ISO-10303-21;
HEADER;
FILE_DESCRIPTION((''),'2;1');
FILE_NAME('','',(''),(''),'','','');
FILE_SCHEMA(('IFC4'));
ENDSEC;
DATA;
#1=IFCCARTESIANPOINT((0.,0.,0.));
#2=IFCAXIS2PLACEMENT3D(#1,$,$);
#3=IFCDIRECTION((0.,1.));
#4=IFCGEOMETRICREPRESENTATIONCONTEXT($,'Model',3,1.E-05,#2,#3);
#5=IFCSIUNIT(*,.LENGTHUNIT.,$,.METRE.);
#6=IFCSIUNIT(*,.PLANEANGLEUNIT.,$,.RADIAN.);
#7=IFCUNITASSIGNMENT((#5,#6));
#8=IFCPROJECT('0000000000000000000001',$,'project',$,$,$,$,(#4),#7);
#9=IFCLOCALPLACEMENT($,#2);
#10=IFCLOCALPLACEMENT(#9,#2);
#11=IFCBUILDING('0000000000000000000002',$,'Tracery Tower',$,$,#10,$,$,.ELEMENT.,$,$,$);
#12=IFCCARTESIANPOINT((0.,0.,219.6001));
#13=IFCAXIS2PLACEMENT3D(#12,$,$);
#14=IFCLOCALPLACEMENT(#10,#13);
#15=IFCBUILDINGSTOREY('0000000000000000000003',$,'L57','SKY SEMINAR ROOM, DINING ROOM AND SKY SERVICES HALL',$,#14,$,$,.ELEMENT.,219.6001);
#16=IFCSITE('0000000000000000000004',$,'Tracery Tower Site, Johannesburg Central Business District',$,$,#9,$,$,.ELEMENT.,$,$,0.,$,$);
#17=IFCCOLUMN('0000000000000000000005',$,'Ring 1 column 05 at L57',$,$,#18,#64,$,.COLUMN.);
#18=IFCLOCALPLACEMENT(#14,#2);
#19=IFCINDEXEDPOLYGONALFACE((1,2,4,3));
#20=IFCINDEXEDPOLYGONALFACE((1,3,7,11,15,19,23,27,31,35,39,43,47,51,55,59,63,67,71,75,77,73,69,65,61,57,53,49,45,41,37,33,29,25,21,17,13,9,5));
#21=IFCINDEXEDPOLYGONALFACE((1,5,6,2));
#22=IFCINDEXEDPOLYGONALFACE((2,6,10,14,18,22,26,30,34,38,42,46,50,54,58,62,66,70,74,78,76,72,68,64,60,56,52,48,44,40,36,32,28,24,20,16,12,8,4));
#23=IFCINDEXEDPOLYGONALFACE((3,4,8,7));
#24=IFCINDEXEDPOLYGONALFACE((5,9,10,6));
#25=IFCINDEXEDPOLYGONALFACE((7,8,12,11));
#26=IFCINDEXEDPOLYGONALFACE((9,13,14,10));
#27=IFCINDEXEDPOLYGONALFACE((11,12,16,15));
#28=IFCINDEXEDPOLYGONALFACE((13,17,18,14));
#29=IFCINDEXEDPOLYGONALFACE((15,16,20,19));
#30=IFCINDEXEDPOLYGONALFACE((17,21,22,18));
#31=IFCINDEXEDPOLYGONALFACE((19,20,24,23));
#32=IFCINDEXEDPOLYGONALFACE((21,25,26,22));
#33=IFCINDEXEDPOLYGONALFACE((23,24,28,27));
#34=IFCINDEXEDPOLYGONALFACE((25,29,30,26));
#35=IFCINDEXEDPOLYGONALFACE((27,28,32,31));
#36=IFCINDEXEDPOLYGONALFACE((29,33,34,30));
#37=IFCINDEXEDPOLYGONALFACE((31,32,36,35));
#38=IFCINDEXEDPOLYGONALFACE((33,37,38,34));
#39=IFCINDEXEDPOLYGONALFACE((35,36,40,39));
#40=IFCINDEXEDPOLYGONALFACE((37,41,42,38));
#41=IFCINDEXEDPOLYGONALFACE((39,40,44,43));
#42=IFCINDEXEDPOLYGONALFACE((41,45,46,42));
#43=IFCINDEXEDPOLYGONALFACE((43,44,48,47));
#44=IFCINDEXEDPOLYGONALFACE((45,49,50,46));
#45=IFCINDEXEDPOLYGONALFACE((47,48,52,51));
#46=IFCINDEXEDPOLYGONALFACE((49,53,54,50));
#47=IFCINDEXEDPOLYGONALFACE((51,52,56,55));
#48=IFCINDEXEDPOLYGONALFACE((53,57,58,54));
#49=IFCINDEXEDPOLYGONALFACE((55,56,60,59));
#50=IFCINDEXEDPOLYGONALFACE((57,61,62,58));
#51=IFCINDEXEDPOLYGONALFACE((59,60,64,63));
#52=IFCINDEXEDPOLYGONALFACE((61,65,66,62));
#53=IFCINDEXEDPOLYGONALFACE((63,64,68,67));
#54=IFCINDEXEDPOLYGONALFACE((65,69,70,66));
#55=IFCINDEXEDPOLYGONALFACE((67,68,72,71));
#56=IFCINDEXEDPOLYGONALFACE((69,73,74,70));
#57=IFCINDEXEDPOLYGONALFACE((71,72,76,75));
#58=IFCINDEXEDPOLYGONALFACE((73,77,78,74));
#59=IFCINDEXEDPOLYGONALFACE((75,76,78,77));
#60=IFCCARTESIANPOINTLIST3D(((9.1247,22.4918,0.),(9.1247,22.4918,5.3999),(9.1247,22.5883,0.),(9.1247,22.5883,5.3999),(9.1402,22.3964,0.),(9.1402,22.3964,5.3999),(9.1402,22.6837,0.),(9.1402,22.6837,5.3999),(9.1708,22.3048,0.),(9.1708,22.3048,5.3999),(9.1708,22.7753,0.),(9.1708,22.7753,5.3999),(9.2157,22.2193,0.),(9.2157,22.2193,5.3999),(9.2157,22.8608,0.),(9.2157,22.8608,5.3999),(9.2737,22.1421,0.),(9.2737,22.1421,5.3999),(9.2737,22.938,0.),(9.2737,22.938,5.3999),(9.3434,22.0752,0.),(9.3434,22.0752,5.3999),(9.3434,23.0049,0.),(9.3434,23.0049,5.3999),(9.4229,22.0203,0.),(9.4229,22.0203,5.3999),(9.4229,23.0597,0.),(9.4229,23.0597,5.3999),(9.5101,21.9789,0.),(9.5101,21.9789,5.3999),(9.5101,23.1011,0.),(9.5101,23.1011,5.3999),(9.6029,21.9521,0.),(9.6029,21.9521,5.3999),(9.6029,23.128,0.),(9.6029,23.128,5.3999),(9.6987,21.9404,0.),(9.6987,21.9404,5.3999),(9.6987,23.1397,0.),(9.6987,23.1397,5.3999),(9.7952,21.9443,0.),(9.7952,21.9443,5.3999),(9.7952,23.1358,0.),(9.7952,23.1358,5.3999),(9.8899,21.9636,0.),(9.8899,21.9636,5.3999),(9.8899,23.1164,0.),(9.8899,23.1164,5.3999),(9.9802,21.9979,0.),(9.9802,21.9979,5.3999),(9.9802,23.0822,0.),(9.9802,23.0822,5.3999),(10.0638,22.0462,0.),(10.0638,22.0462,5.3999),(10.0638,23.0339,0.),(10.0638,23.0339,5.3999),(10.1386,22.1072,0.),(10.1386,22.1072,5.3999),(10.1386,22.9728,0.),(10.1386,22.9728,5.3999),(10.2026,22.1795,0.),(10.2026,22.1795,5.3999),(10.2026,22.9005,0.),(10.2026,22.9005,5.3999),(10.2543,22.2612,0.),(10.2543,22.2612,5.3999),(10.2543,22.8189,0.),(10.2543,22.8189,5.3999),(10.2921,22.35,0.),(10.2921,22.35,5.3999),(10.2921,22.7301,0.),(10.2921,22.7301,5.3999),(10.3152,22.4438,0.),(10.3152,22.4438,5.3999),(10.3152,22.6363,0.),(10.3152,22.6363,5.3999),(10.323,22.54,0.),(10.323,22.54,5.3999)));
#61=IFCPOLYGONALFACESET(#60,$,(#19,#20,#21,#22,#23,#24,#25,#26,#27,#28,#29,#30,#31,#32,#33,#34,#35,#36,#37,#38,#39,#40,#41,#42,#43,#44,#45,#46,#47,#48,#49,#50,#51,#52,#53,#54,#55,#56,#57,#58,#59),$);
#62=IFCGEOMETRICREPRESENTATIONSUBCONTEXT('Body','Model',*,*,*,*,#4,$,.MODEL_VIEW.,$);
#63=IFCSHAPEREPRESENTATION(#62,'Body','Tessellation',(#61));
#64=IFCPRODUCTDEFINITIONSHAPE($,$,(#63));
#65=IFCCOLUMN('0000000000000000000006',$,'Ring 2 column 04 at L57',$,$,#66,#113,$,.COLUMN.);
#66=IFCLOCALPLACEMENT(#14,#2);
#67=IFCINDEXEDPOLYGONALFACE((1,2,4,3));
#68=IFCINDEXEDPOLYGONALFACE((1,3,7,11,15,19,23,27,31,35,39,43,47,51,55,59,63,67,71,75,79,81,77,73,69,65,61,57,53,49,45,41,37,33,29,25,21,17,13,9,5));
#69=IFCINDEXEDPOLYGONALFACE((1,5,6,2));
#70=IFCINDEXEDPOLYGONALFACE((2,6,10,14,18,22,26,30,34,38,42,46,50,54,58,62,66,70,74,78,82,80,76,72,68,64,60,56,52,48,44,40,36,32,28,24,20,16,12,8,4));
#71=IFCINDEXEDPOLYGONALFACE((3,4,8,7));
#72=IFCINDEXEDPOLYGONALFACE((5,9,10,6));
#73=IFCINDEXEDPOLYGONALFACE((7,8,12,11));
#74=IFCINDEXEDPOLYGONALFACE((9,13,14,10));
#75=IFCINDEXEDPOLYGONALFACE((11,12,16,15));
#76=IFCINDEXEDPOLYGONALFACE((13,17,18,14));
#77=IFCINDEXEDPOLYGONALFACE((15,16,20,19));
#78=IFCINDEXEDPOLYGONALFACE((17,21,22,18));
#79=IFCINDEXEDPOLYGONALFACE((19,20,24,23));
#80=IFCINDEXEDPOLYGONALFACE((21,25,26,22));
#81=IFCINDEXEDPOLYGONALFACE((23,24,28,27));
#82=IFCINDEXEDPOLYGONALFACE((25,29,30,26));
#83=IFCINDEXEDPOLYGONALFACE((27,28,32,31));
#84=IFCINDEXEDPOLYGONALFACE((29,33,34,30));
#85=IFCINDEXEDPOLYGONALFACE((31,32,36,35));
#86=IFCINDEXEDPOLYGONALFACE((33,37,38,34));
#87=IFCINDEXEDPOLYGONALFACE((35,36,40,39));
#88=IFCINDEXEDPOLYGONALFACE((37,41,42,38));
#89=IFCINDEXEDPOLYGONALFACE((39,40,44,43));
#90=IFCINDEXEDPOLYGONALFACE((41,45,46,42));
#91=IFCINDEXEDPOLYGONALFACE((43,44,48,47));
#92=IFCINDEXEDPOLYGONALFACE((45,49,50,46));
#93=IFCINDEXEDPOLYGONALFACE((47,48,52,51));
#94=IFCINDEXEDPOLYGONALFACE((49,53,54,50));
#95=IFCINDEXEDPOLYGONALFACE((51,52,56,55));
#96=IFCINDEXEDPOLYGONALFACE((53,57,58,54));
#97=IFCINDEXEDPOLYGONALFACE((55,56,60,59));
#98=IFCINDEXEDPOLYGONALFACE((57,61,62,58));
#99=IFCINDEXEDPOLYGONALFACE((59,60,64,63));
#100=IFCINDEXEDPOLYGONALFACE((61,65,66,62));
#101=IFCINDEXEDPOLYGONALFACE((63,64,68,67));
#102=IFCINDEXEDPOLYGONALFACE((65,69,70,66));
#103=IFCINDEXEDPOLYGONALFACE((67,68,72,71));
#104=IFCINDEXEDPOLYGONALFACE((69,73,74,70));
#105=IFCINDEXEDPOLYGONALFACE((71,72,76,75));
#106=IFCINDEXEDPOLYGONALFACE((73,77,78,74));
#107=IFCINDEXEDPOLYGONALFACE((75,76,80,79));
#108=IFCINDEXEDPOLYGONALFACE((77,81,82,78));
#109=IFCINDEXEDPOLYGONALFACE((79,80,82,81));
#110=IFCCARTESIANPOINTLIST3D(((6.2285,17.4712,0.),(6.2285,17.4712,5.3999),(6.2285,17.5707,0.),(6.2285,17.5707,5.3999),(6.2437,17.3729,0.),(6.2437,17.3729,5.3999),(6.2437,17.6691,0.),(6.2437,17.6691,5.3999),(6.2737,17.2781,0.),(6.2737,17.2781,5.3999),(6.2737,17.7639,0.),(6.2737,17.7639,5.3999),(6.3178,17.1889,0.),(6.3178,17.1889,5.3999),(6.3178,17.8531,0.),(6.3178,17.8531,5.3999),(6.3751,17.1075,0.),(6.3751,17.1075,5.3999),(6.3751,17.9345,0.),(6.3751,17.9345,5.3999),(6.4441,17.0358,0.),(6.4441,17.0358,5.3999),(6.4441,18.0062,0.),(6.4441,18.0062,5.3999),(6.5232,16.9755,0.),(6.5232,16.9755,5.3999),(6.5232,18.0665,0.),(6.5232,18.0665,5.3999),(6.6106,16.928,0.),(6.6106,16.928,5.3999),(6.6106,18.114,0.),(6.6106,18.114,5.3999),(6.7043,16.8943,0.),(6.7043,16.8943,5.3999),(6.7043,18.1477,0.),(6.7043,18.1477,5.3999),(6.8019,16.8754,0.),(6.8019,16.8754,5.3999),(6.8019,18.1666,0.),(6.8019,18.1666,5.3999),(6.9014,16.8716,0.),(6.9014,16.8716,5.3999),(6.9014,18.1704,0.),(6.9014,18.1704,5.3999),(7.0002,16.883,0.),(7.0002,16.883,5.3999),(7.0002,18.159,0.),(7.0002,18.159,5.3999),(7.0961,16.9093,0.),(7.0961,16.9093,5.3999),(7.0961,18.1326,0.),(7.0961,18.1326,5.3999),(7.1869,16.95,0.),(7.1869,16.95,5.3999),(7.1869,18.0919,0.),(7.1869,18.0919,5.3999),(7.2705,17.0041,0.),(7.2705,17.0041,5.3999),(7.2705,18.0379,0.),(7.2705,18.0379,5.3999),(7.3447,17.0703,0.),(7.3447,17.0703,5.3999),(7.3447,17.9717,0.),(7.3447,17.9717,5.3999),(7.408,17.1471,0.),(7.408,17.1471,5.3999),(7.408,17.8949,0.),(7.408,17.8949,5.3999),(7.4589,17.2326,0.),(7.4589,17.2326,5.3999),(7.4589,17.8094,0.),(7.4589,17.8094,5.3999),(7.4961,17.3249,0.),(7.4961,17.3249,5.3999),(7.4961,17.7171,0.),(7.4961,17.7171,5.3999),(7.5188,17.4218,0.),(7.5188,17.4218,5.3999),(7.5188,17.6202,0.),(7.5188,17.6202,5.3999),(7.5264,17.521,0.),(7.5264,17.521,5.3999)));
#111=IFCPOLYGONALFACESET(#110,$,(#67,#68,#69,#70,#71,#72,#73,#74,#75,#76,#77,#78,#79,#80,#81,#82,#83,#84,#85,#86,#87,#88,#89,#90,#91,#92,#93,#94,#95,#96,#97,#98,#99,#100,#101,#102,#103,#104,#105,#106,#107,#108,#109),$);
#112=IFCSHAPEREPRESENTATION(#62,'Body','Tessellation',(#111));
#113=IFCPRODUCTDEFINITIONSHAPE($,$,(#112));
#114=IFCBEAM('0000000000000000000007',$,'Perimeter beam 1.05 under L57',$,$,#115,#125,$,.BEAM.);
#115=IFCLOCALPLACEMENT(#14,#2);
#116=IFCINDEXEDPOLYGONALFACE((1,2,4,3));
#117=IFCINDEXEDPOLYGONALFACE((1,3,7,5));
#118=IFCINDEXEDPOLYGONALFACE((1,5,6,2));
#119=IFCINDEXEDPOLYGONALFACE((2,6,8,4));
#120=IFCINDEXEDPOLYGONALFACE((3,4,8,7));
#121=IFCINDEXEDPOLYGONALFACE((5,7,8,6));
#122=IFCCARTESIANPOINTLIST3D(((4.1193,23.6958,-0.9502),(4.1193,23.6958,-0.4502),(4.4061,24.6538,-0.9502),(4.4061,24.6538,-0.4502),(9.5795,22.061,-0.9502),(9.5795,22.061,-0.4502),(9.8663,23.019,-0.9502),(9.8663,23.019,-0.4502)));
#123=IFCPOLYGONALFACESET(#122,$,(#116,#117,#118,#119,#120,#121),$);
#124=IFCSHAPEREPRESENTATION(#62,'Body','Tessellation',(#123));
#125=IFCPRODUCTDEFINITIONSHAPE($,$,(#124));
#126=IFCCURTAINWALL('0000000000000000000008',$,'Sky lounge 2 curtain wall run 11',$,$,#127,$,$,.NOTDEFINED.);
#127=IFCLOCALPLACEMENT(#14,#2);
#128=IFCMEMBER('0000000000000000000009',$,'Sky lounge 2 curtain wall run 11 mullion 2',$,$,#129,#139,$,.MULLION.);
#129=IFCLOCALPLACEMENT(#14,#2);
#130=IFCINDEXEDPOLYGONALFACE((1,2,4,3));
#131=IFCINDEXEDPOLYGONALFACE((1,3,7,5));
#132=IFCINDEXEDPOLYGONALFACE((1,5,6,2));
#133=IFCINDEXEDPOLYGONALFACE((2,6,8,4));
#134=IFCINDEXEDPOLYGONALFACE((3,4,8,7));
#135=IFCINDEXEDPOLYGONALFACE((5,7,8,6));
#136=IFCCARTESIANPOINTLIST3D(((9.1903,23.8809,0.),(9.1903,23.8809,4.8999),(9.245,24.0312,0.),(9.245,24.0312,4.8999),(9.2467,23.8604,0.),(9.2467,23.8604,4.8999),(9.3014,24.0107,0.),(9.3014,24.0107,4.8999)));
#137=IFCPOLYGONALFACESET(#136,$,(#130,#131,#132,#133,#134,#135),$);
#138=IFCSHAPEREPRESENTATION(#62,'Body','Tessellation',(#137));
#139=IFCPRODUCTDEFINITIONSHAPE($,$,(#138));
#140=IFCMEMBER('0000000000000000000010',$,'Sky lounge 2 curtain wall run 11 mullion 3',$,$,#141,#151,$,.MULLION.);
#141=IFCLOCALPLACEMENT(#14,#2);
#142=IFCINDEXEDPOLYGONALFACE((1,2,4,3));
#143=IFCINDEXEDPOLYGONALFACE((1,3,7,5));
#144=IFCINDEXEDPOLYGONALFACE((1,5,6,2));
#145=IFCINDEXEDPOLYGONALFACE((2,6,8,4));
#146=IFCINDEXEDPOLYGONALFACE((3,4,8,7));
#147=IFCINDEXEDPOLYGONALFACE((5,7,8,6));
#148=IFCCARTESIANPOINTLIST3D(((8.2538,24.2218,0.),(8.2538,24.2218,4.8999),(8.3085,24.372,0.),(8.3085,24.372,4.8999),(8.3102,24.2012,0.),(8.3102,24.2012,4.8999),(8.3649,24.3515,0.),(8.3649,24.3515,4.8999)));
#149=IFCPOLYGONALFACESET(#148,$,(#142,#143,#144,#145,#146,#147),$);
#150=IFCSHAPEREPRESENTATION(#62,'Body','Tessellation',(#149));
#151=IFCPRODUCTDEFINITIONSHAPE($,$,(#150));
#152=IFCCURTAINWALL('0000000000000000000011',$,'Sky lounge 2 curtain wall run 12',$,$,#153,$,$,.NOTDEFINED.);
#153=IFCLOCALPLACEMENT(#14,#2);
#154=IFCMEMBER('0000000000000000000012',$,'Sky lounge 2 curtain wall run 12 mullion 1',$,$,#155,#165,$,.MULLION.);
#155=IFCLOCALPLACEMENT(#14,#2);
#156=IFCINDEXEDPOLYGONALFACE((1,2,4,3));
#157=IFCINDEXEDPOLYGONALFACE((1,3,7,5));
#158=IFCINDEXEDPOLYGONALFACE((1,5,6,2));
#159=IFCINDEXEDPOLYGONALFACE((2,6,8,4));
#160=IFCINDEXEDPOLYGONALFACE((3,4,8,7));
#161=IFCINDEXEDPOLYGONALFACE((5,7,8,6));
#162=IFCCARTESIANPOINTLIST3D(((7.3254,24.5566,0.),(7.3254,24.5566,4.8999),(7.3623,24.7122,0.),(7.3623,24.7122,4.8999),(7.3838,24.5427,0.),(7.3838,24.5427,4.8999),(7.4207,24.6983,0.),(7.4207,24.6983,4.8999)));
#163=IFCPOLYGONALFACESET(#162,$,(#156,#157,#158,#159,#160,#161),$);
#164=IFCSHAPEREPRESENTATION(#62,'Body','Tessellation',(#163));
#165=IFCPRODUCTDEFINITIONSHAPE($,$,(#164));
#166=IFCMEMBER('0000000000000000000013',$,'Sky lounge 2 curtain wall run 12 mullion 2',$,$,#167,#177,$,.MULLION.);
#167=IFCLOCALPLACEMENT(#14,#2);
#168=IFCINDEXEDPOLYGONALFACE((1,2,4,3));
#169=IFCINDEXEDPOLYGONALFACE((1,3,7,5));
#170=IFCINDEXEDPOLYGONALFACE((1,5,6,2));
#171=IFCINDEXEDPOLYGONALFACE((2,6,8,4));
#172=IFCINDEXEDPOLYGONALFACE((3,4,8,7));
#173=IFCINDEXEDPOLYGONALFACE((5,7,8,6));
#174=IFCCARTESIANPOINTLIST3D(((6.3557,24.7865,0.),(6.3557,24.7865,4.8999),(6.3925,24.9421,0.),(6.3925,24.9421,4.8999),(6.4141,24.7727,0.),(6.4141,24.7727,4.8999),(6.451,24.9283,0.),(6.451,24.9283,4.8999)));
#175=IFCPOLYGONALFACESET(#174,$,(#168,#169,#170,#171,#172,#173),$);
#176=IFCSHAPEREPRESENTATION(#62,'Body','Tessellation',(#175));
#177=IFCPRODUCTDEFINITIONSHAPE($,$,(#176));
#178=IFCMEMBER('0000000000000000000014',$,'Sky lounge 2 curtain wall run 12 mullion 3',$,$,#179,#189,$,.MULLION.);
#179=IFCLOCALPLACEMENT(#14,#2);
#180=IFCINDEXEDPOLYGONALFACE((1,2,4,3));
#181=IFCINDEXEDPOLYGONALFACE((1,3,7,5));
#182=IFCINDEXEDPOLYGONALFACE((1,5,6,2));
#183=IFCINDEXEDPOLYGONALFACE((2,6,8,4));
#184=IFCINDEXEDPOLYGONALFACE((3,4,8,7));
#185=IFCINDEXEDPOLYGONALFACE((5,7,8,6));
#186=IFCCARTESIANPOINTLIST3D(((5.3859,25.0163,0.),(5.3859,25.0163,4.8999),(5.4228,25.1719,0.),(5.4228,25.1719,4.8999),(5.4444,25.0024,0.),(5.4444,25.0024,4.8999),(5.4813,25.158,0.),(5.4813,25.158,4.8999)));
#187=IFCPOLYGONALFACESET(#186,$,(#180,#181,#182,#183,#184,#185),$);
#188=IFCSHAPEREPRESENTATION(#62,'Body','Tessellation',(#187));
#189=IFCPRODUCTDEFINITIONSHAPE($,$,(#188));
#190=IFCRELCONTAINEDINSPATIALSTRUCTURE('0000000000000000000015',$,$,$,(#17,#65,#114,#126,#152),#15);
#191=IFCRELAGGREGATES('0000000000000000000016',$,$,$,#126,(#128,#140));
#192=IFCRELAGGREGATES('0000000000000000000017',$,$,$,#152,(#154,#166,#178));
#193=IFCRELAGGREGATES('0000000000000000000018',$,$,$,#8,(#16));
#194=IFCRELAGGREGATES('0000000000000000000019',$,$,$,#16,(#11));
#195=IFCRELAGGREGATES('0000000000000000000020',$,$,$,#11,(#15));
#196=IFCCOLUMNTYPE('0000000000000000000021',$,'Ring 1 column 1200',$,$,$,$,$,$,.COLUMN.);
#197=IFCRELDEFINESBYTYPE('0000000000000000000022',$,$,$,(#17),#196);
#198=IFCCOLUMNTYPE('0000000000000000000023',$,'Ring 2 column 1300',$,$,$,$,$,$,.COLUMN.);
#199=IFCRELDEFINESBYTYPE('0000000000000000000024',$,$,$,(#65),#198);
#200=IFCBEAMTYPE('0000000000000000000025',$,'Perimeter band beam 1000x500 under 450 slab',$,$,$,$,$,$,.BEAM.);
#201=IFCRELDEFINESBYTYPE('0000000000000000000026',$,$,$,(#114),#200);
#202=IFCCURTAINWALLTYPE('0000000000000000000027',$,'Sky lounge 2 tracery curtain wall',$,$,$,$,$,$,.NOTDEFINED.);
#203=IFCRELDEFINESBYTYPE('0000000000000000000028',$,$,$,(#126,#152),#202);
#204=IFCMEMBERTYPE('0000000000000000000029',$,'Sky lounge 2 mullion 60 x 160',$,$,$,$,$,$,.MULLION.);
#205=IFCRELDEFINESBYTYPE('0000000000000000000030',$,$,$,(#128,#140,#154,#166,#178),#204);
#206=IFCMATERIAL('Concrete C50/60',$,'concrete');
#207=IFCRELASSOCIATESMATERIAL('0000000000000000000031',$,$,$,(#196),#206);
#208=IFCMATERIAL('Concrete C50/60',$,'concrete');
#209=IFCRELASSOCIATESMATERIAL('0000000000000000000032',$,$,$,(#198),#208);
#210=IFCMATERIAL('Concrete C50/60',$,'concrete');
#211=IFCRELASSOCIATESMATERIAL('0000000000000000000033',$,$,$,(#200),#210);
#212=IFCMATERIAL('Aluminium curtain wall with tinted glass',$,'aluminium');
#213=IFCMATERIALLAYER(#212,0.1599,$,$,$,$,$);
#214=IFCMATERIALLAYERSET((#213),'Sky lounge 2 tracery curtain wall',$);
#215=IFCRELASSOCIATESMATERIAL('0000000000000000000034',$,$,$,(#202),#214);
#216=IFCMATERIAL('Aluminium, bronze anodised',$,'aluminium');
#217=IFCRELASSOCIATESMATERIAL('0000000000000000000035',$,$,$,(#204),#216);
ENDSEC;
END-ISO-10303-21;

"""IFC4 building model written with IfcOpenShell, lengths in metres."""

from ifc_helpers import new_model, si_unit, direction, frame, origin, origin_2d, place, context, subcontext, project, spatial, rectangle, circle, extrude, material, layer, layer_set, material_profile, profile_set, type_object, element, aggregate, save


model = new_model("IFC4")

# Units and contexts
model_context = context("Model", 3, precision=1e-05, world=origin(), true_north=direction((0.0, 1.0)))
body_context = subcontext(model_context, "Body", "Model", "MODEL_VIEW")
ifc_project = project(units=[si_unit("LENGTHUNIT", "METRE"), si_unit("PLANEANGLEUNIT", "RADIAN")], contexts=[model_context])

# Site, building, storey
site_placement = place(None, origin())
site = spatial("IfcSite", under=ifc_project, at=site_placement, Name="Tracery Tower Site, Johannesburg Central Business District", CompositionType="ELEMENT", RefElevation=0.0)
building_placement = place(site_placement, origin())
building = spatial("IfcBuilding", under=site, at=building_placement, Name="Tracery Tower", CompositionType="ELEMENT")
storey_placement = place(building_placement, frame((0.0, 0.0, 219.6001)))
storey = spatial("IfcBuildingStorey", under=building, at=storey_placement, Name="L57", Description="SKY SEMINAR ROOM, DINING ROOM AND SKY SERVICES HALL", CompositionType="ELEMENT", Elevation=219.6001)

# Columns
ifc_material_1 = material(Name="Concrete C50/60", Category="concrete")
ifc_material_profile_1 = material_profile(ifc_material_1, circle(Radius=0.6001, at=origin_2d()), Name="RC D1200")
ifc_profile_set_1 = profile_set([ifc_material_profile_1], Name="Concrete C50/60")
column_type_1 = type_object("IfcColumnType", Name="Ring 1 column 1200", PredefinedType="COLUMN", material=ifc_profile_set_1)
column_1_placement = place(storey_placement, frame((9.7229, 22.54, 0.0), z_axis=(0.0, 0.0, 1.0), x_axis=(1.0, 0.0, 0.0)))
element("IfcColumn", 1, at=column_1_placement, inside=storey, type_object=column_type_1, Name="Ring 1 column 05 at L57", PredefinedType="COLUMN", context=body_context, shape_type="SweptSolid", body=[
    extrude(circle(Radius=0.6001, at=origin_2d()), origin(), (0.0, 0.0, 1.0), 5.3999),
])
ifc_material_2 = material(Name="Concrete C50/60", Category="concrete")
ifc_material_profile_2 = material_profile(ifc_material_2, circle(Radius=0.6499, at=origin_2d()), Name="RC D1300")
ifc_profile_set_2 = profile_set([ifc_material_profile_2], Name="Concrete C50/60")
column_type_2 = type_object("IfcColumnType", Name="Ring 2 column 1300", PredefinedType="COLUMN", material=ifc_profile_set_2)
column_2_placement = place(storey_placement, frame((6.8765, 17.521, 0.0), z_axis=(0.0, 0.0, 1.0), x_axis=(1.0, 0.0, 0.0)))
element("IfcColumn", 2, at=column_2_placement, inside=storey, type_object=column_type_2, Name="Ring 2 column 04 at L57", PredefinedType="COLUMN", context=body_context, shape_type="SweptSolid", body=[
    extrude(circle(Radius=0.6499, at=origin_2d()), origin(), (0.0, 0.0, 1.0), 5.3999),
])

# Beam
ifc_material_3 = material(Name="Concrete C50/60", Category="concrete")
ifc_material_profile_3 = material_profile(ifc_material_3, rectangle(XDim=1.0, YDim=0.5, at=origin_2d()), Name="RC 1000x500")
ifc_profile_set_3 = profile_set([ifc_material_profile_3], Name="Concrete C50/60")
beam_type = type_object("IfcBeamType", Name="Perimeter band beam 1000x500 under 450 slab", PredefinedType="BEAM", material=ifc_profile_set_3)
beam_placement = place(storey_placement, frame((9.7229, 22.54, -0.7002), z_axis=(-0.957985, 0.286817, 0.0), x_axis=(-0.286817, -0.957985, 0.0)))
element("IfcBeam", 3, at=beam_placement, inside=storey, type_object=beam_type, Name="Perimeter beam 1.05 under L57", PredefinedType="BEAM", context=body_context, shape_type="SweptSolid", body=[
    extrude(rectangle(XDim=1.0, YDim=0.5, at=origin_2d()), origin(), (0.0, 0.0, 1.0), 5.6997),
])

# Curtain walls, members
ifc_material_4 = material(Name="Aluminium curtain wall with tinted glass", Category="aluminium")
ifc_layer_1 = layer(ifc_material_4, 0.1599)
ifc_layer_set_1 = layer_set([ifc_layer_1], Name="Sky lounge 2 tracery curtain wall")
curtain_wall_type = type_object("IfcCurtainWallType", Name="Sky lounge 2 tracery curtain wall", PredefinedType="NOTDEFINED", material=ifc_layer_set_1)
curtain_wall_1_placement = place(storey_placement, origin())
curtain_wall_1 = element("IfcCurtainWall", 4, at=curtain_wall_1_placement, inside=storey, type_object=curtain_wall_type, Name="Sky lounge 2 curtain wall run 11", PredefinedType="NOTDEFINED")
ifc_material_5 = material(Name="Aluminium, bronze anodised", Category="aluminium")
ifc_material_profile_4 = material_profile(ifc_material_5, rectangle(XDim=0.1599, YDim=0.0601, at=origin_2d()), Name="AL 60x160")
ifc_profile_set_4 = profile_set([ifc_material_profile_4], Name="Aluminium, bronze anodised")
member_type_1 = type_object("IfcMemberType", Name="Sky lounge 2 mullion 60 x 160", PredefinedType="MULLION", material=ifc_profile_set_4)
member_1_placement = place(storey_placement, frame((9.2458, 23.9458, 0.0), z_axis=(0.0, 0.0, 1.0), x_axis=(-0.34202, -0.939693, 0.0)))
member_1 = element("IfcMember", 5, at=member_1_placement, type_object=member_type_1, Name="Sky lounge 2 curtain wall run 11 mullion 2", PredefinedType="MULLION", context=body_context, shape_type="SweptSolid", body=[
    extrude(rectangle(XDim=0.1599, YDim=0.0601, at=origin_2d()), origin(), (0.0, 0.0, 1.0), 4.8999),
])
member_2_placement = place(storey_placement, frame((8.3093, 24.2866, 0.0), z_axis=(0.0, 0.0, 1.0), x_axis=(-0.34202, -0.939693, 0.0)))
member_2 = element("IfcMember", 6, at=member_2_placement, type_object=member_type_1, Name="Sky lounge 2 curtain wall run 11 mullion 3", PredefinedType="MULLION", context=body_context, shape_type="SweptSolid", body=[
    extrude(rectangle(XDim=0.1599, YDim=0.0601, at=origin_2d()), origin(), (0.0, 0.0, 1.0), 4.8999),
])
curtain_wall_2_placement = place(storey_placement, origin())
curtain_wall_2 = element("IfcCurtainWall", 7, at=curtain_wall_2_placement, inside=storey, type_object=curtain_wall_type, Name="Sky lounge 2 curtain wall run 12", PredefinedType="NOTDEFINED")
member_3_placement = place(storey_placement, frame((7.373, 24.6274, 0.0), z_axis=(0.0, 0.0, 1.0), x_axis=(-0.230616, -0.973045, 0.0)))
member_3 = element("IfcMember", 8, at=member_3_placement, type_object=member_type_1, Name="Sky lounge 2 curtain wall run 12 mullion 1", PredefinedType="MULLION", context=body_context, shape_type="SweptSolid", body=[
    extrude(rectangle(XDim=0.1599, YDim=0.0601, at=origin_2d()), origin(), (0.0, 0.0, 1.0), 4.8999),
])
member_4_placement = place(storey_placement, frame((6.4033, 24.8574, 0.0), z_axis=(0.0, 0.0, 1.0), x_axis=(-0.230616, -0.973045, 0.0)))
member_4 = element("IfcMember", 9, at=member_4_placement, type_object=member_type_1, Name="Sky lounge 2 curtain wall run 12 mullion 2", PredefinedType="MULLION", context=body_context, shape_type="SweptSolid", body=[
    extrude(rectangle(XDim=0.1599, YDim=0.0601, at=origin_2d()), origin(), (0.0, 0.0, 1.0), 4.8999),
])
member_5_placement = place(storey_placement, frame((5.4336, 25.0872, 0.0), z_axis=(0.0, 0.0, 1.0), x_axis=(-0.230616, -0.973045, 0.0)))
member_5 = element("IfcMember", 10, at=member_5_placement, type_object=member_type_1, Name="Sky lounge 2 curtain wall run 12 mullion 3", PredefinedType="MULLION", context=body_context, shape_type="SweptSolid", body=[
    extrude(rectangle(XDim=0.1599, YDim=0.0601, at=origin_2d()), origin(), (0.0, 0.0, 1.0), 4.8999),
])

aggregate(curtain_wall_1, [member_1, member_2])
aggregate(curtain_wall_2, [member_3, member_4, member_5])

save(model, "model.ifc")
